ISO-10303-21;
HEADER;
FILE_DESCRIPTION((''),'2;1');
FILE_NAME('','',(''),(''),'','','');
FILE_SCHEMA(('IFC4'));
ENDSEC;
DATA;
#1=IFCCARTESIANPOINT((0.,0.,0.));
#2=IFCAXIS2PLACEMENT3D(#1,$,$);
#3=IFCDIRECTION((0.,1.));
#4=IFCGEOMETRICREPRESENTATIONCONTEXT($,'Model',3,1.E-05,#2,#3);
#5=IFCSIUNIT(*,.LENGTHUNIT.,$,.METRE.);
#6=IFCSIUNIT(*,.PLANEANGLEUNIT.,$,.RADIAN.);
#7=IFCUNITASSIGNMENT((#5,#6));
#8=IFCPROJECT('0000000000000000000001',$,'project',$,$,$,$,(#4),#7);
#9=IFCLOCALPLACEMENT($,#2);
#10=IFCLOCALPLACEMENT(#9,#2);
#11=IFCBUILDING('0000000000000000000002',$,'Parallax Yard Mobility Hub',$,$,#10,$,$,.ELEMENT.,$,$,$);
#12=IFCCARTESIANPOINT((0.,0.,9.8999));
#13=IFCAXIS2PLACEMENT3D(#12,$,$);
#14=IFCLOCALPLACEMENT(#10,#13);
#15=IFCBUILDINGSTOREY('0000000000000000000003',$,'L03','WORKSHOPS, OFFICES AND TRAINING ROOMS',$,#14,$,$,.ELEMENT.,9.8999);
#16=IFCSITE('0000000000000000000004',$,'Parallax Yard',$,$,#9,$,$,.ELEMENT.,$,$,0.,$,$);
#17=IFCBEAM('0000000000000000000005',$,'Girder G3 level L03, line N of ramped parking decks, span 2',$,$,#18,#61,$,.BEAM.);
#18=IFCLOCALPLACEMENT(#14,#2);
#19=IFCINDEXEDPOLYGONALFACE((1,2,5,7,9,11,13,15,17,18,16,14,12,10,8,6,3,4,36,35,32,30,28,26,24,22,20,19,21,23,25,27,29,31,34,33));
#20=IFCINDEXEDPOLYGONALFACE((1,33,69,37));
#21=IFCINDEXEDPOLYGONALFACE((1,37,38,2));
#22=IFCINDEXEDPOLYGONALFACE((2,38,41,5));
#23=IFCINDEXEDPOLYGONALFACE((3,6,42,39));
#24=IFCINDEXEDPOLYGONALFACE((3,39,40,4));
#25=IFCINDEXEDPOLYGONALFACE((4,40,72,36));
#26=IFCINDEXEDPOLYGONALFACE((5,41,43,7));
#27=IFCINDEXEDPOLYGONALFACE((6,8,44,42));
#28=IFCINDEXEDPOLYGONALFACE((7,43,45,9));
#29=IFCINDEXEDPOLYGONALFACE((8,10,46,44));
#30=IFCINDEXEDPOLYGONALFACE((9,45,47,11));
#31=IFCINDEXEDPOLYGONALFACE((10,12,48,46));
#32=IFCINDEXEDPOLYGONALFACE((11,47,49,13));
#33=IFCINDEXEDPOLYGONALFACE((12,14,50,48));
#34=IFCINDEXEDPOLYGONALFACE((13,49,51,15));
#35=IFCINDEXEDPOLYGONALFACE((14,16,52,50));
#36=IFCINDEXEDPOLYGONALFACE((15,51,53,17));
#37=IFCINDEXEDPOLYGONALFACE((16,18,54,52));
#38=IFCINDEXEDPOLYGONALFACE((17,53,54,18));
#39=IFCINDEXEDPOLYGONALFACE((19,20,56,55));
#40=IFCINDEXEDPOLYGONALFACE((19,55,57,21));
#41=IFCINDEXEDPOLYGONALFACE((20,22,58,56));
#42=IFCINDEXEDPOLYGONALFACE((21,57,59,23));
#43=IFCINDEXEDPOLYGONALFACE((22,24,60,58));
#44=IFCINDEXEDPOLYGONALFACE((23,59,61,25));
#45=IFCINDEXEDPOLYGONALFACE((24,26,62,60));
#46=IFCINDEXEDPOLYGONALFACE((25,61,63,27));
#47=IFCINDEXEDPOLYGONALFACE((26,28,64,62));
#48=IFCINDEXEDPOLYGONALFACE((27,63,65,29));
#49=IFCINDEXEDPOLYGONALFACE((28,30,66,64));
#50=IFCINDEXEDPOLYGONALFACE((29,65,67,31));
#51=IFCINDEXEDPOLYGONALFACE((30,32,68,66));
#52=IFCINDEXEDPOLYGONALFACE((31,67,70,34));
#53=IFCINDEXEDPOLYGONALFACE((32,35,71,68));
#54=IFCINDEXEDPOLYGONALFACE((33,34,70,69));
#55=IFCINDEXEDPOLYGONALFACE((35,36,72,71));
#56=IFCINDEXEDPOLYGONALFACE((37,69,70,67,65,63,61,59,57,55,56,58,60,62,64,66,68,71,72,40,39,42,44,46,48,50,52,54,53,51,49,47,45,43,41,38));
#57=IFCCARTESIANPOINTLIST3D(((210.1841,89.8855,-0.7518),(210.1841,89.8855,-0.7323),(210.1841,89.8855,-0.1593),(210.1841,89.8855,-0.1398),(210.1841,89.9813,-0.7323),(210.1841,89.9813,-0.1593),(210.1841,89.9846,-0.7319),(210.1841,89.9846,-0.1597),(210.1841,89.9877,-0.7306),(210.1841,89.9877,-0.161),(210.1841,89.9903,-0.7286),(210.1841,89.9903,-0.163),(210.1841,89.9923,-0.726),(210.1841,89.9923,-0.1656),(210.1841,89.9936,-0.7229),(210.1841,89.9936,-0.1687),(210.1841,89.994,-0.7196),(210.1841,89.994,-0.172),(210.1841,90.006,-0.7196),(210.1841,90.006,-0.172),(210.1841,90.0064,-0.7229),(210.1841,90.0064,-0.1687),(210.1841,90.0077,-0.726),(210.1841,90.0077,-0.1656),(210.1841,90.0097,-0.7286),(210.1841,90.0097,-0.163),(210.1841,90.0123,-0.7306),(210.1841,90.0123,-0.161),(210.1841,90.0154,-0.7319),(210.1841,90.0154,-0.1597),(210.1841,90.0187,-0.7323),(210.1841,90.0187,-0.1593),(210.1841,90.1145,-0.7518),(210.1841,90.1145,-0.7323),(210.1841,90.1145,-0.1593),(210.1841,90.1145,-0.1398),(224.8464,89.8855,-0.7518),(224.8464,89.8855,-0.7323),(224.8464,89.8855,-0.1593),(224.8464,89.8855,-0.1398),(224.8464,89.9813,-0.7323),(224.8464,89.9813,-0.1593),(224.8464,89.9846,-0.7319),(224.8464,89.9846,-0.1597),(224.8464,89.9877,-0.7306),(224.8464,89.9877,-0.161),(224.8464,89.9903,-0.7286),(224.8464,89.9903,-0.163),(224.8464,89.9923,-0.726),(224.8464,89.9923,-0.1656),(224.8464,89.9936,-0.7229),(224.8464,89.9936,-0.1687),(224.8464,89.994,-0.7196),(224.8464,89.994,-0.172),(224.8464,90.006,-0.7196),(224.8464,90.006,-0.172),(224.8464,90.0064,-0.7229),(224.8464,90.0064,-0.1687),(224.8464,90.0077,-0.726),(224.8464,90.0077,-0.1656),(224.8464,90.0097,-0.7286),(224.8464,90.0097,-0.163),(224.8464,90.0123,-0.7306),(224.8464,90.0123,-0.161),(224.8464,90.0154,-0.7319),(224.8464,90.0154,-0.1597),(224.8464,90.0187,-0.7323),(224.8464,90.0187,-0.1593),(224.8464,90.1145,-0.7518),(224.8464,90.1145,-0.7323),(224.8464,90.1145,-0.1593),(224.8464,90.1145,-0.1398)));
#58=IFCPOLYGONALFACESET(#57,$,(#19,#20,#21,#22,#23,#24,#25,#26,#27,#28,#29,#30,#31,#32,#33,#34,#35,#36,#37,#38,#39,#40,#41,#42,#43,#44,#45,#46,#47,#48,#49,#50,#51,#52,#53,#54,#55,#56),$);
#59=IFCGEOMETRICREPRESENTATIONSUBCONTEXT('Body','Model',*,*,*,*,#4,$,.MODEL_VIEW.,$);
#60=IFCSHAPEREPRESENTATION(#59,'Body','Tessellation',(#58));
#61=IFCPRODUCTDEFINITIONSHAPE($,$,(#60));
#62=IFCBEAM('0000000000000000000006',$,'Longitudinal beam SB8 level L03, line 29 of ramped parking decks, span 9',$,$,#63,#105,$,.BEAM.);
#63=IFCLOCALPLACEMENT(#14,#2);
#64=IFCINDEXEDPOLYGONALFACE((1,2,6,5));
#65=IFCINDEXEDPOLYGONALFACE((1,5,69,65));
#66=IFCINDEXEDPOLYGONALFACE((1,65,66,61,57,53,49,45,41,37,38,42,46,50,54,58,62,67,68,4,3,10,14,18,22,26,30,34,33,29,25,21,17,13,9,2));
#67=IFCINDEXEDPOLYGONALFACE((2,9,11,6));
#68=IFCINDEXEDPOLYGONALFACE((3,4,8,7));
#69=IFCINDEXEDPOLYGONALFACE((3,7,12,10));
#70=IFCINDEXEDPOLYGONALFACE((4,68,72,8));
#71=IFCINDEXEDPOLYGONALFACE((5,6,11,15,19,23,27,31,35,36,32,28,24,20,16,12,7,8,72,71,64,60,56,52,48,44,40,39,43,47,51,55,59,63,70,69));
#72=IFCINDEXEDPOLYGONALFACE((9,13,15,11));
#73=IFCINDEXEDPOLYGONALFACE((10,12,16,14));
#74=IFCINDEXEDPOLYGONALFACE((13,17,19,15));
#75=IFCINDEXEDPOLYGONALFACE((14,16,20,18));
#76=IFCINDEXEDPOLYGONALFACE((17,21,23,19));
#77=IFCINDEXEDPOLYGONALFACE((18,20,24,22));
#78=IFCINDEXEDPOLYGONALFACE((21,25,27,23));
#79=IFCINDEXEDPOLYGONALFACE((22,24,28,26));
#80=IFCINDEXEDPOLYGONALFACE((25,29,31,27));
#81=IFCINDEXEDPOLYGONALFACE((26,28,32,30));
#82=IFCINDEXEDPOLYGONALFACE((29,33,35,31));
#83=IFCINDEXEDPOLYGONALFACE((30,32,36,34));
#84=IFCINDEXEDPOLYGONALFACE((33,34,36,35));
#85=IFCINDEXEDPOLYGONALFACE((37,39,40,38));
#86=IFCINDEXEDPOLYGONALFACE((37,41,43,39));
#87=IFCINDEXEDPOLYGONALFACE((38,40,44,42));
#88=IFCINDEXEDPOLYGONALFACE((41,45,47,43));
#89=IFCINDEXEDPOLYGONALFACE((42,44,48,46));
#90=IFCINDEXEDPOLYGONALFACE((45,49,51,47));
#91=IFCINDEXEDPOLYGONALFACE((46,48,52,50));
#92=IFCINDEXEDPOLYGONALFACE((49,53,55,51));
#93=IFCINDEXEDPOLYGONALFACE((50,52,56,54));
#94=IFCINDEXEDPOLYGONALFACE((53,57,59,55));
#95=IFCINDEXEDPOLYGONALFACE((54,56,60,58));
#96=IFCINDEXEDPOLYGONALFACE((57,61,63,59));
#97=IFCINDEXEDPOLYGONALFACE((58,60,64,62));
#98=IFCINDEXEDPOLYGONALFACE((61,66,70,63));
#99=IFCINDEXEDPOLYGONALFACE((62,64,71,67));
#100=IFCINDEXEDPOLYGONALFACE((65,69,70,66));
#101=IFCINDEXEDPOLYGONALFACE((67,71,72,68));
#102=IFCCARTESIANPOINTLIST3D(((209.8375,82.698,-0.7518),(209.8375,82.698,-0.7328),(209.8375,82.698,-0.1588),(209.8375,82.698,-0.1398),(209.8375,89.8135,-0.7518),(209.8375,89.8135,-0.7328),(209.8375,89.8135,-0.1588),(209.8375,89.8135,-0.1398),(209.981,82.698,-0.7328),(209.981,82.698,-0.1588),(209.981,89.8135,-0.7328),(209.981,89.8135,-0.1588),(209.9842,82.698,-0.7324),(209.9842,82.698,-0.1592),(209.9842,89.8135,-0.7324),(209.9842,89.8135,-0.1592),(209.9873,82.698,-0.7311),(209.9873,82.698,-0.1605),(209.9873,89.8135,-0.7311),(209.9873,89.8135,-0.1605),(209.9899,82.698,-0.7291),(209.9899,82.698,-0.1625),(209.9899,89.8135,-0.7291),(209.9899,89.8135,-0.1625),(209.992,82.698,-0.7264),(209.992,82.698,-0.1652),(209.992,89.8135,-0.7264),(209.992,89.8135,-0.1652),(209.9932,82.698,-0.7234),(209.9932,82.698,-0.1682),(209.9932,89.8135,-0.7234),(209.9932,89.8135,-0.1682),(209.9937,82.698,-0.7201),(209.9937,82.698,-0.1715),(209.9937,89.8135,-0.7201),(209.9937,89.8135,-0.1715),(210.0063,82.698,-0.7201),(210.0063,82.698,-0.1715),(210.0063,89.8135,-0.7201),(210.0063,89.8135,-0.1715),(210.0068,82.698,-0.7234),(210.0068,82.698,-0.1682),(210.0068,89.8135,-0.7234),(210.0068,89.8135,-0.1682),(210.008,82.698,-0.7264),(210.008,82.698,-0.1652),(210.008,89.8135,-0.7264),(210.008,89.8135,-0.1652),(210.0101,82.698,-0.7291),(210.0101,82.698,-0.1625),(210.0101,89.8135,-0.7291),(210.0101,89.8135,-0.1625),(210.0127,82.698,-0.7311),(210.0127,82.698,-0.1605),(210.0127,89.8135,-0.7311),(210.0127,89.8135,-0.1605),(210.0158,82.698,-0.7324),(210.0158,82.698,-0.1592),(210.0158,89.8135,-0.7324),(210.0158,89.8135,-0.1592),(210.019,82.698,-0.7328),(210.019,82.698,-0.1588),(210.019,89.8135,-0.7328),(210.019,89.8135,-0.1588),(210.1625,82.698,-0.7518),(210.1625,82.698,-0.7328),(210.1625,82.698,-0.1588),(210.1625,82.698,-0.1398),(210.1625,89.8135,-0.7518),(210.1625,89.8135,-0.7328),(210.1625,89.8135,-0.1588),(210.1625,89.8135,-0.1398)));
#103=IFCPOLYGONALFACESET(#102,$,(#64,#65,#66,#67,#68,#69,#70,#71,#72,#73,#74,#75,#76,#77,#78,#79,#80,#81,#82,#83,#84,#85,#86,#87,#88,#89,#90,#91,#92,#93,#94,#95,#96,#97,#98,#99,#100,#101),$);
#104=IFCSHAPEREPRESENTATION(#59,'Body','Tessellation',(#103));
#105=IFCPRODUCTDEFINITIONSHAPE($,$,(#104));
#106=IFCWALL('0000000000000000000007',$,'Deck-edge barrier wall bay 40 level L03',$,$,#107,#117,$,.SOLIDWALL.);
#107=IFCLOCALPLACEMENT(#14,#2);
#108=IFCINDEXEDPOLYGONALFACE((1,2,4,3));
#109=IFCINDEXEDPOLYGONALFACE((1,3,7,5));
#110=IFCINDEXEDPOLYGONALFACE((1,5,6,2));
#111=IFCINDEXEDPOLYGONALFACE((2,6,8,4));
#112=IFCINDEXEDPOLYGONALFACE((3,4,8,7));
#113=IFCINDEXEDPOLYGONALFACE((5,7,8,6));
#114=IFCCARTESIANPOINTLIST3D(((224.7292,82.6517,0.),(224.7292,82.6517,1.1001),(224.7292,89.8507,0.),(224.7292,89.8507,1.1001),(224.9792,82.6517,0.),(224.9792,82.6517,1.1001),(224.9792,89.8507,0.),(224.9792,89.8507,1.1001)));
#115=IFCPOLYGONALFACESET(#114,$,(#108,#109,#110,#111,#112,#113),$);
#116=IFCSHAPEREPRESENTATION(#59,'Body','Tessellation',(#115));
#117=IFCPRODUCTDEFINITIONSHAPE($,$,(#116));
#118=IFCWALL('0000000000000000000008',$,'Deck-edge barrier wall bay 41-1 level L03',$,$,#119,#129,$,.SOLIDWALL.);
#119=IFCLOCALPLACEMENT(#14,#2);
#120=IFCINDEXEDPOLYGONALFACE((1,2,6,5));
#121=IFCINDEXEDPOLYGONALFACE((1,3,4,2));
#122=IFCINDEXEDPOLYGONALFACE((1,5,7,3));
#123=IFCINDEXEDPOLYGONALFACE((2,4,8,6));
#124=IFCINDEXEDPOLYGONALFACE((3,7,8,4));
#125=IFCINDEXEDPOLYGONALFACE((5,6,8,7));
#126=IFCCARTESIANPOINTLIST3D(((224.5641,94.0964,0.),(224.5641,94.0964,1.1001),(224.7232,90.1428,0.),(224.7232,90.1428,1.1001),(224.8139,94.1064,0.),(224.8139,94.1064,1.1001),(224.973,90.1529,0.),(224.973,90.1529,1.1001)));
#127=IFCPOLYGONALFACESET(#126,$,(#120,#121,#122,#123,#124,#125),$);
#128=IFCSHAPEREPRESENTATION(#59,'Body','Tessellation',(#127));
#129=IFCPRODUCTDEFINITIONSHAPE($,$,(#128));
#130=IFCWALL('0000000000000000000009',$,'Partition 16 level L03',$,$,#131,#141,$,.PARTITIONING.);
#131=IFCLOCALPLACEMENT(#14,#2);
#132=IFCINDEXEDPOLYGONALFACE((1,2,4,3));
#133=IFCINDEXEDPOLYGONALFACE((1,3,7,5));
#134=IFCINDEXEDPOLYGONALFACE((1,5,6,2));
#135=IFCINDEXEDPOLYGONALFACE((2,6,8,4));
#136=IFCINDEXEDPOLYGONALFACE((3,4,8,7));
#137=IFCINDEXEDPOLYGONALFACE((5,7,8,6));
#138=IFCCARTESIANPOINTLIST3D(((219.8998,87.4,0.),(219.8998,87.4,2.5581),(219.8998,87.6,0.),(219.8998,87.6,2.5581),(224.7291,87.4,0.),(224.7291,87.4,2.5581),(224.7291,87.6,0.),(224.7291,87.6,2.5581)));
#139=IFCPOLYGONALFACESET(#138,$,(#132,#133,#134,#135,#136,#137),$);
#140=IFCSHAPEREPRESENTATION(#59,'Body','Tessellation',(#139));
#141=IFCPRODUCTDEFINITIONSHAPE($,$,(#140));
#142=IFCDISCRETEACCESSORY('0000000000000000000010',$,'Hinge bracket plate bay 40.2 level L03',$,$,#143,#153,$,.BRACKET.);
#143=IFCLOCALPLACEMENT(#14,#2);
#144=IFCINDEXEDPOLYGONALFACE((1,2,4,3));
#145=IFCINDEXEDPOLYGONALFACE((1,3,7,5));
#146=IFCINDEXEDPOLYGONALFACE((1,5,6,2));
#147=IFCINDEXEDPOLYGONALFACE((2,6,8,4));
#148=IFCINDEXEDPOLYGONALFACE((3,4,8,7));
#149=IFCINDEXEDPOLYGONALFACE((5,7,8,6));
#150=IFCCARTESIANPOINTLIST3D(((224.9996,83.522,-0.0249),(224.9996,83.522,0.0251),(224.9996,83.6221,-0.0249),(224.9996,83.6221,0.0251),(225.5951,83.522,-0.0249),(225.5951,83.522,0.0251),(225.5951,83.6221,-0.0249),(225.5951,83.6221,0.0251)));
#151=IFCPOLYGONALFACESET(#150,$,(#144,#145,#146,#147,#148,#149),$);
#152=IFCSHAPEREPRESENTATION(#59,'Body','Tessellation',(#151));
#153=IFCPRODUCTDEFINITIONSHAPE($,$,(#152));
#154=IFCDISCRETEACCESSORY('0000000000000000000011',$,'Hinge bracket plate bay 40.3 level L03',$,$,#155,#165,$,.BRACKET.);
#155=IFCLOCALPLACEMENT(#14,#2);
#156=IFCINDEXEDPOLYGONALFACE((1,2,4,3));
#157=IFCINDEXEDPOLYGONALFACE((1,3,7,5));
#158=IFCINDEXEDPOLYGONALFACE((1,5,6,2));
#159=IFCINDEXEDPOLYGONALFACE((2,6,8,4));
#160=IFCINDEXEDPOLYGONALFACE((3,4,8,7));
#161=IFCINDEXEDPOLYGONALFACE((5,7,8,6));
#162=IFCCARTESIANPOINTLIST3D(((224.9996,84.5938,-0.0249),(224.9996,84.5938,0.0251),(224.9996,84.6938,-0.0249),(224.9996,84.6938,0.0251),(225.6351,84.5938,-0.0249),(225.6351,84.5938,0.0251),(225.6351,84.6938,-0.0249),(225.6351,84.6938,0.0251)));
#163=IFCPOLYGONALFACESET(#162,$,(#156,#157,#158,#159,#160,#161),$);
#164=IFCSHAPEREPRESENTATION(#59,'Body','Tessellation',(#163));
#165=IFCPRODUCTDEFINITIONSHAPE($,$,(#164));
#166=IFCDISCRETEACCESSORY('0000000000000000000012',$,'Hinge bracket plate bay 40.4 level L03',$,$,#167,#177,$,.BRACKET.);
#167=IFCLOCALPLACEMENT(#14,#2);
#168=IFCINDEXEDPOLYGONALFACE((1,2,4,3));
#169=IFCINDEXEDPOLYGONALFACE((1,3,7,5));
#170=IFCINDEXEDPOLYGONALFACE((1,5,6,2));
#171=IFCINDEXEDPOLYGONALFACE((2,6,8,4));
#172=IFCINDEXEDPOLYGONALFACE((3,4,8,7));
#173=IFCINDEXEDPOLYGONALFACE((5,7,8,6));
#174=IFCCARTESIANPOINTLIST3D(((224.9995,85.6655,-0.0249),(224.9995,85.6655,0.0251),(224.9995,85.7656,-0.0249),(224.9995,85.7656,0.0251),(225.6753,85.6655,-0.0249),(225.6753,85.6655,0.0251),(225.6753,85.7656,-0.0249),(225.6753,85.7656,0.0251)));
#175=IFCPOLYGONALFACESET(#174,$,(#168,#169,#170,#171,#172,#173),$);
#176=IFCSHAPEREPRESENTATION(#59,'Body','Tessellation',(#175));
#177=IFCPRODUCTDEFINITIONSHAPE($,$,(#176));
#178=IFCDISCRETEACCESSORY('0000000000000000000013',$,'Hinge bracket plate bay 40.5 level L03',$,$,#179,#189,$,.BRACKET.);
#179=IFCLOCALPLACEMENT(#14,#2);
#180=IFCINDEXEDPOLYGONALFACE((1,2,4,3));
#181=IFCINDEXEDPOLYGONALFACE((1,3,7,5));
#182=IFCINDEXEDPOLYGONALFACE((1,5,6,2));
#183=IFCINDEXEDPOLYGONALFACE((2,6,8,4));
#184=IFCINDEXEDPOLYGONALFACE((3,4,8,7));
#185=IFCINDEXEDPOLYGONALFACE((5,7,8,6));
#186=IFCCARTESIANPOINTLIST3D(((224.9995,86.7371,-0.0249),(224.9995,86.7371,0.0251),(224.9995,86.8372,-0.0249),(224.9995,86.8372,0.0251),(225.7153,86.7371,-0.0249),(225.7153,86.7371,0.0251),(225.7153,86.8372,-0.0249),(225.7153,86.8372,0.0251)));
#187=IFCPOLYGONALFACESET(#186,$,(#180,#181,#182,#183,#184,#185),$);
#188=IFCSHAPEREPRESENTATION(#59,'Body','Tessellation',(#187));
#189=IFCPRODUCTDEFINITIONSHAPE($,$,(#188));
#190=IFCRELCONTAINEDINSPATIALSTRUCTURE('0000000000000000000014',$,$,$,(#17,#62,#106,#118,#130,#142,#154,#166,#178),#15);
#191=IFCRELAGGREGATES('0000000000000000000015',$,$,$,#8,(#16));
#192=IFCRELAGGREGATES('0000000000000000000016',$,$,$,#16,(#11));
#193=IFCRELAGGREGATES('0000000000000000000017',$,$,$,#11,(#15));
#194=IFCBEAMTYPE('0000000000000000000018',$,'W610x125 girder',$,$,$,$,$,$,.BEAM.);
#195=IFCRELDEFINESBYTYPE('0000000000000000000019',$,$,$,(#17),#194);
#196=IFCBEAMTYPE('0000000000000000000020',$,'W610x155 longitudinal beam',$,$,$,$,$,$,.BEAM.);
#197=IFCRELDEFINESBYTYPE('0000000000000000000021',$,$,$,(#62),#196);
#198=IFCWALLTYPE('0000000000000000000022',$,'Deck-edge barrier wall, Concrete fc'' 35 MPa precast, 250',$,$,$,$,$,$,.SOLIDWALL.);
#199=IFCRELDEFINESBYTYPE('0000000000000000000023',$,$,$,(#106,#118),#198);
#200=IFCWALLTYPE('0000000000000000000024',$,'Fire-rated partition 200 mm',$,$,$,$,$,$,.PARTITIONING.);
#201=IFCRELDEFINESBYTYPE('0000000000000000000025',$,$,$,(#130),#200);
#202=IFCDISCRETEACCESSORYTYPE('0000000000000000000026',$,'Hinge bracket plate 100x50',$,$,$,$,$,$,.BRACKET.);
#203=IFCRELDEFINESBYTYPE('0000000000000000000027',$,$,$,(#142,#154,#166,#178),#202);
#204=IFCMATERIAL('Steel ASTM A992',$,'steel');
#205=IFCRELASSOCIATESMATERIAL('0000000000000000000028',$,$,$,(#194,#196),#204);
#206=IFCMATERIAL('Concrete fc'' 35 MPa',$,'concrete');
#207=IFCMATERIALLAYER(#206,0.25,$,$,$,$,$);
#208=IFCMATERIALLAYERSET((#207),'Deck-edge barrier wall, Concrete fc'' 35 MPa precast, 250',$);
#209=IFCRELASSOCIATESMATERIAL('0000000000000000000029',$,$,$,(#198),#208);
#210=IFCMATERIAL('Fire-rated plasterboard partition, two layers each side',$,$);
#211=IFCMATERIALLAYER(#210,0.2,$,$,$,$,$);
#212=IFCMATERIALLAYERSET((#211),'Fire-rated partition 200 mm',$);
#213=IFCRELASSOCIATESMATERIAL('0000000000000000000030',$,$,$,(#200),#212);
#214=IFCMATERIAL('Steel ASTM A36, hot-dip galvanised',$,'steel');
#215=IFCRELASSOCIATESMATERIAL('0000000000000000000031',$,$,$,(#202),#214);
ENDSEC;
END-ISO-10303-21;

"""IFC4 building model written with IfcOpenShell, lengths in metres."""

from ifc_helpers import new_model, si_unit, direction, frame, frame_2d, origin, origin_2d, place, context, subcontext, project, spatial, rectangle, i_section, extrude, material, layer, layer_set, material_profile, profile_set, type_object, element, save


model = new_model("IFC4")

# Units and contexts
model_context = context("Model", 3, precision=1e-05, world=origin(), true_north=direction((0.0, 1.0)))
body_context = subcontext(model_context, "Body", "Model", "MODEL_VIEW")
ifc_project = project(units=[si_unit("LENGTHUNIT", "METRE"), si_unit("PLANEANGLEUNIT", "RADIAN")], contexts=[model_context])

# Site, building, storey
site_placement = place(None, origin())
site = spatial("IfcSite", under=ifc_project, at=site_placement, Name="Parallax Yard", CompositionType="ELEMENT", RefElevation=0.0)
building_placement = place(site_placement, origin())
building = spatial("IfcBuilding", under=site, at=building_placement, Name="Parallax Yard Mobility Hub", CompositionType="ELEMENT")
storey_placement = place(building_placement, frame((0.0, 0.0, 9.8999)))
storey = spatial("IfcBuildingStorey", under=building, at=storey_placement, Name="L03", Description="WORKSHOPS, OFFICES AND TRAINING ROOMS", CompositionType="ELEMENT", Elevation=9.8999)

# Shared definitions
ifc_material_1 = material(Name="Steel ASTM A992", Category="steel")

# Beams
ifc_material_profile_1 = material_profile(ifc_material_1, i_section(OverallWidth=0.229, OverallDepth=0.6121, WebThickness=0.012, FlangeThickness=0.0195, FilletRadius=0.0127, at=origin_2d()), Name="W610x125")
ifc_profile_set_1 = profile_set([ifc_material_profile_1], Name="Steel ASTM A992")
beam_type_1 = type_object("IfcBeamType", Name="W610x125 girder", PredefinedType="BEAM", material=ifc_profile_set_1)
beam_1_placement = place(storey_placement, frame((210.1841, 90.0, -0.4458), z_axis=(1.0, 0.0, 0.0), x_axis=(0.0, 1.0, 0.0)))
element("IfcBeam", 1, at=beam_1_placement, inside=storey, type_object=beam_type_1, Name="Girder G3 level L03, line N of ramped parking decks, span 2", PredefinedType="BEAM", context=body_context, shape_type="SweptSolid", body=[
    extrude(i_section(OverallWidth=0.229, OverallDepth=0.6121, WebThickness=0.012, FlangeThickness=0.0195, FilletRadius=0.0127, at=origin_2d()), origin(), (0.0, 0.0, 1.0), 14.6624),
])
ifc_material_profile_2 = material_profile(ifc_material_1, i_section(OverallWidth=0.325, OverallDepth=0.6121, WebThickness=0.0127, FlangeThickness=0.019, FilletRadius=0.0127, at=origin_2d()), Name="W610x155")
ifc_profile_set_2 = profile_set([ifc_material_profile_2], Name="Steel ASTM A992")
beam_type_2 = type_object("IfcBeamType", Name="W610x155 longitudinal beam", PredefinedType="BEAM", material=ifc_profile_set_2)
beam_2_placement = place(storey_placement, frame((210.0, 82.698, -0.4458), z_axis=(0.0, 1.0, 0.0), x_axis=(-1.0, 0.0, 0.0)))
element("IfcBeam", 2, at=beam_2_placement, inside=storey, type_object=beam_type_2, Name="Longitudinal beam SB8 level L03, line 29 of ramped parking decks, span 9", PredefinedType="BEAM", context=body_context, shape_type="SweptSolid", body=[
    extrude(i_section(OverallWidth=0.325, OverallDepth=0.6121, WebThickness=0.0127, FlangeThickness=0.019, FilletRadius=0.0127, at=origin_2d()), origin(), (0.0, 0.0, 1.0), 7.1155),
])

# Walls
ifc_material_2 = material(Name="Concrete fc' 35 MPa", Category="concrete")
ifc_layer_1 = layer(ifc_material_2, 0.25)
ifc_layer_set_1 = layer_set([ifc_layer_1], Name="Deck-edge barrier wall, Concrete fc' 35 MPa precast, 250")
wall_type_1 = type_object("IfcWallType", Name="Deck-edge barrier wall, Concrete fc' 35 MPa precast, 250", PredefinedType="SOLIDWALL", material=ifc_layer_set_1)
wall_1_placement = place(storey_placement, frame((224.8542, 82.6516, 0.0), z_axis=(0.0, 0.0, 1.0), x_axis=(0.0, 1.0, 0.0)))
element("IfcWall", 3, at=wall_1_placement, inside=storey, type_object=wall_type_1, Name="Deck-edge barrier wall bay 40 level L03", PredefinedType="SOLIDWALL", context=body_context, shape_type="SweptSolid", body=[
    extrude(rectangle(XDim=7.199, YDim=0.25, at=frame_2d((3.5996, 0.0))), origin(), (0.0, 0.0, 1.0), 1.1001),
])
wall_2_placement = place(storey_placement, frame((224.8481, 90.1477, 0.0), z_axis=(0.0, 0.0, 1.0), x_axis=(-0.040229, 0.99919, 0.0)))
element("IfcWall", 4, at=wall_2_placement, inside=storey, type_object=wall_type_1, Name="Deck-edge barrier wall bay 41-1 level L03", PredefinedType="SOLIDWALL", context=body_context, shape_type="SweptSolid", body=[
    extrude(rectangle(XDim=3.9568, YDim=0.25, at=frame_2d((1.9785, 0.0))), origin(), (0.0, 0.0, 1.0), 1.1001),
])
ifc_material_3 = material(Name="Fire-rated plasterboard partition, two layers each side")
ifc_layer_2 = layer(ifc_material_3, 0.2)
ifc_layer_set_2 = layer_set([ifc_layer_2], Name="Fire-rated partition 200 mm")
wall_type_2 = type_object("IfcWallType", Name="Fire-rated partition 200 mm", PredefinedType="PARTITIONING", material=ifc_layer_set_2)
wall_3_placement = place(storey_placement, frame((219.8999, 87.5, 0.0), z_axis=(0.0, 0.0, 1.0), x_axis=(1.0, 0.0, 0.0)))
element("IfcWall", 5, at=wall_3_placement, inside=storey, type_object=wall_type_2, Name="Partition 16 level L03", PredefinedType="PARTITIONING", context=body_context, shape_type="SweptSolid", body=[
    extrude(rectangle(XDim=4.8293, YDim=0.2, at=frame_2d((2.4146, 0.0))), origin(), (0.0, 0.0, 1.0), 2.5581),
])

# Discrete accessories
ifc_material_4 = material(Name="Steel ASTM A36, hot-dip galvanised", Category="steel")
discrete_accessory_type_1 = type_object("IfcDiscreteAccessoryType", Name="Hinge bracket plate 100x50", PredefinedType="BRACKET", material=ifc_material_4)
discrete_accessory_1_placement = place(storey_placement, frame((225.2974, 83.572, -0.0249), z_axis=(0.0, 0.0, 1.0), x_axis=(1.0, 0.0, 0.0)))
element("IfcDiscreteAccessory", 6, at=discrete_accessory_1_placement, inside=storey, type_object=discrete_accessory_type_1, Name="Hinge bracket plate bay 40.2 level L03", PredefinedType="BRACKET", context=body_context, shape_type="SweptSolid", body=[
    extrude(rectangle(XDim=0.5955, YDim=0.1001, at=origin_2d()), origin(), (0.0, 0.0, 1.0), 0.05),
])
discrete_accessory_2_placement = place(storey_placement, frame((225.3174, 84.6438, -0.0249), z_axis=(0.0, 0.0, 1.0), x_axis=(1.0, 0.0, 0.0)))
element("IfcDiscreteAccessory", 7, at=discrete_accessory_2_placement, inside=storey, type_object=discrete_accessory_type_1, Name="Hinge bracket plate bay 40.3 level L03", PredefinedType="BRACKET", context=body_context, shape_type="SweptSolid", body=[
    extrude(rectangle(XDim=0.6355, YDim=0.1001, at=origin_2d()), origin(), (0.0, 0.0, 1.0), 0.05),
])
discrete_accessory_3_placement = place(storey_placement, frame((225.3374, 85.7156, -0.0249), z_axis=(0.0, 0.0, 1.0), x_axis=(1.0, 0.0, 0.0)))
element("IfcDiscreteAccessory", 8, at=discrete_accessory_3_placement, inside=storey, type_object=discrete_accessory_type_1, Name="Hinge bracket plate bay 40.4 level L03", PredefinedType="BRACKET", context=body_context, shape_type="SweptSolid", body=[
    extrude(rectangle(XDim=0.6758, YDim=0.1001, at=origin_2d()), origin(), (0.0, 0.0, 1.0), 0.05),
])
discrete_accessory_4_placement = place(storey_placement, frame((225.3574, 86.7871, -0.0249), z_axis=(0.0, 0.0, 1.0), x_axis=(1.0, 0.0, 0.0)))
element("IfcDiscreteAccessory", 9, at=discrete_accessory_4_placement, inside=storey, type_object=discrete_accessory_type_1, Name="Hinge bracket plate bay 40.5 level L03", PredefinedType="BRACKET", context=body_context, shape_type="SweptSolid", body=[
    extrude(rectangle(XDim=0.7158, YDim=0.1001, at=origin_2d()), origin(), (0.0, 0.0, 1.0), 0.05),
])

save(model, "model.ifc")
